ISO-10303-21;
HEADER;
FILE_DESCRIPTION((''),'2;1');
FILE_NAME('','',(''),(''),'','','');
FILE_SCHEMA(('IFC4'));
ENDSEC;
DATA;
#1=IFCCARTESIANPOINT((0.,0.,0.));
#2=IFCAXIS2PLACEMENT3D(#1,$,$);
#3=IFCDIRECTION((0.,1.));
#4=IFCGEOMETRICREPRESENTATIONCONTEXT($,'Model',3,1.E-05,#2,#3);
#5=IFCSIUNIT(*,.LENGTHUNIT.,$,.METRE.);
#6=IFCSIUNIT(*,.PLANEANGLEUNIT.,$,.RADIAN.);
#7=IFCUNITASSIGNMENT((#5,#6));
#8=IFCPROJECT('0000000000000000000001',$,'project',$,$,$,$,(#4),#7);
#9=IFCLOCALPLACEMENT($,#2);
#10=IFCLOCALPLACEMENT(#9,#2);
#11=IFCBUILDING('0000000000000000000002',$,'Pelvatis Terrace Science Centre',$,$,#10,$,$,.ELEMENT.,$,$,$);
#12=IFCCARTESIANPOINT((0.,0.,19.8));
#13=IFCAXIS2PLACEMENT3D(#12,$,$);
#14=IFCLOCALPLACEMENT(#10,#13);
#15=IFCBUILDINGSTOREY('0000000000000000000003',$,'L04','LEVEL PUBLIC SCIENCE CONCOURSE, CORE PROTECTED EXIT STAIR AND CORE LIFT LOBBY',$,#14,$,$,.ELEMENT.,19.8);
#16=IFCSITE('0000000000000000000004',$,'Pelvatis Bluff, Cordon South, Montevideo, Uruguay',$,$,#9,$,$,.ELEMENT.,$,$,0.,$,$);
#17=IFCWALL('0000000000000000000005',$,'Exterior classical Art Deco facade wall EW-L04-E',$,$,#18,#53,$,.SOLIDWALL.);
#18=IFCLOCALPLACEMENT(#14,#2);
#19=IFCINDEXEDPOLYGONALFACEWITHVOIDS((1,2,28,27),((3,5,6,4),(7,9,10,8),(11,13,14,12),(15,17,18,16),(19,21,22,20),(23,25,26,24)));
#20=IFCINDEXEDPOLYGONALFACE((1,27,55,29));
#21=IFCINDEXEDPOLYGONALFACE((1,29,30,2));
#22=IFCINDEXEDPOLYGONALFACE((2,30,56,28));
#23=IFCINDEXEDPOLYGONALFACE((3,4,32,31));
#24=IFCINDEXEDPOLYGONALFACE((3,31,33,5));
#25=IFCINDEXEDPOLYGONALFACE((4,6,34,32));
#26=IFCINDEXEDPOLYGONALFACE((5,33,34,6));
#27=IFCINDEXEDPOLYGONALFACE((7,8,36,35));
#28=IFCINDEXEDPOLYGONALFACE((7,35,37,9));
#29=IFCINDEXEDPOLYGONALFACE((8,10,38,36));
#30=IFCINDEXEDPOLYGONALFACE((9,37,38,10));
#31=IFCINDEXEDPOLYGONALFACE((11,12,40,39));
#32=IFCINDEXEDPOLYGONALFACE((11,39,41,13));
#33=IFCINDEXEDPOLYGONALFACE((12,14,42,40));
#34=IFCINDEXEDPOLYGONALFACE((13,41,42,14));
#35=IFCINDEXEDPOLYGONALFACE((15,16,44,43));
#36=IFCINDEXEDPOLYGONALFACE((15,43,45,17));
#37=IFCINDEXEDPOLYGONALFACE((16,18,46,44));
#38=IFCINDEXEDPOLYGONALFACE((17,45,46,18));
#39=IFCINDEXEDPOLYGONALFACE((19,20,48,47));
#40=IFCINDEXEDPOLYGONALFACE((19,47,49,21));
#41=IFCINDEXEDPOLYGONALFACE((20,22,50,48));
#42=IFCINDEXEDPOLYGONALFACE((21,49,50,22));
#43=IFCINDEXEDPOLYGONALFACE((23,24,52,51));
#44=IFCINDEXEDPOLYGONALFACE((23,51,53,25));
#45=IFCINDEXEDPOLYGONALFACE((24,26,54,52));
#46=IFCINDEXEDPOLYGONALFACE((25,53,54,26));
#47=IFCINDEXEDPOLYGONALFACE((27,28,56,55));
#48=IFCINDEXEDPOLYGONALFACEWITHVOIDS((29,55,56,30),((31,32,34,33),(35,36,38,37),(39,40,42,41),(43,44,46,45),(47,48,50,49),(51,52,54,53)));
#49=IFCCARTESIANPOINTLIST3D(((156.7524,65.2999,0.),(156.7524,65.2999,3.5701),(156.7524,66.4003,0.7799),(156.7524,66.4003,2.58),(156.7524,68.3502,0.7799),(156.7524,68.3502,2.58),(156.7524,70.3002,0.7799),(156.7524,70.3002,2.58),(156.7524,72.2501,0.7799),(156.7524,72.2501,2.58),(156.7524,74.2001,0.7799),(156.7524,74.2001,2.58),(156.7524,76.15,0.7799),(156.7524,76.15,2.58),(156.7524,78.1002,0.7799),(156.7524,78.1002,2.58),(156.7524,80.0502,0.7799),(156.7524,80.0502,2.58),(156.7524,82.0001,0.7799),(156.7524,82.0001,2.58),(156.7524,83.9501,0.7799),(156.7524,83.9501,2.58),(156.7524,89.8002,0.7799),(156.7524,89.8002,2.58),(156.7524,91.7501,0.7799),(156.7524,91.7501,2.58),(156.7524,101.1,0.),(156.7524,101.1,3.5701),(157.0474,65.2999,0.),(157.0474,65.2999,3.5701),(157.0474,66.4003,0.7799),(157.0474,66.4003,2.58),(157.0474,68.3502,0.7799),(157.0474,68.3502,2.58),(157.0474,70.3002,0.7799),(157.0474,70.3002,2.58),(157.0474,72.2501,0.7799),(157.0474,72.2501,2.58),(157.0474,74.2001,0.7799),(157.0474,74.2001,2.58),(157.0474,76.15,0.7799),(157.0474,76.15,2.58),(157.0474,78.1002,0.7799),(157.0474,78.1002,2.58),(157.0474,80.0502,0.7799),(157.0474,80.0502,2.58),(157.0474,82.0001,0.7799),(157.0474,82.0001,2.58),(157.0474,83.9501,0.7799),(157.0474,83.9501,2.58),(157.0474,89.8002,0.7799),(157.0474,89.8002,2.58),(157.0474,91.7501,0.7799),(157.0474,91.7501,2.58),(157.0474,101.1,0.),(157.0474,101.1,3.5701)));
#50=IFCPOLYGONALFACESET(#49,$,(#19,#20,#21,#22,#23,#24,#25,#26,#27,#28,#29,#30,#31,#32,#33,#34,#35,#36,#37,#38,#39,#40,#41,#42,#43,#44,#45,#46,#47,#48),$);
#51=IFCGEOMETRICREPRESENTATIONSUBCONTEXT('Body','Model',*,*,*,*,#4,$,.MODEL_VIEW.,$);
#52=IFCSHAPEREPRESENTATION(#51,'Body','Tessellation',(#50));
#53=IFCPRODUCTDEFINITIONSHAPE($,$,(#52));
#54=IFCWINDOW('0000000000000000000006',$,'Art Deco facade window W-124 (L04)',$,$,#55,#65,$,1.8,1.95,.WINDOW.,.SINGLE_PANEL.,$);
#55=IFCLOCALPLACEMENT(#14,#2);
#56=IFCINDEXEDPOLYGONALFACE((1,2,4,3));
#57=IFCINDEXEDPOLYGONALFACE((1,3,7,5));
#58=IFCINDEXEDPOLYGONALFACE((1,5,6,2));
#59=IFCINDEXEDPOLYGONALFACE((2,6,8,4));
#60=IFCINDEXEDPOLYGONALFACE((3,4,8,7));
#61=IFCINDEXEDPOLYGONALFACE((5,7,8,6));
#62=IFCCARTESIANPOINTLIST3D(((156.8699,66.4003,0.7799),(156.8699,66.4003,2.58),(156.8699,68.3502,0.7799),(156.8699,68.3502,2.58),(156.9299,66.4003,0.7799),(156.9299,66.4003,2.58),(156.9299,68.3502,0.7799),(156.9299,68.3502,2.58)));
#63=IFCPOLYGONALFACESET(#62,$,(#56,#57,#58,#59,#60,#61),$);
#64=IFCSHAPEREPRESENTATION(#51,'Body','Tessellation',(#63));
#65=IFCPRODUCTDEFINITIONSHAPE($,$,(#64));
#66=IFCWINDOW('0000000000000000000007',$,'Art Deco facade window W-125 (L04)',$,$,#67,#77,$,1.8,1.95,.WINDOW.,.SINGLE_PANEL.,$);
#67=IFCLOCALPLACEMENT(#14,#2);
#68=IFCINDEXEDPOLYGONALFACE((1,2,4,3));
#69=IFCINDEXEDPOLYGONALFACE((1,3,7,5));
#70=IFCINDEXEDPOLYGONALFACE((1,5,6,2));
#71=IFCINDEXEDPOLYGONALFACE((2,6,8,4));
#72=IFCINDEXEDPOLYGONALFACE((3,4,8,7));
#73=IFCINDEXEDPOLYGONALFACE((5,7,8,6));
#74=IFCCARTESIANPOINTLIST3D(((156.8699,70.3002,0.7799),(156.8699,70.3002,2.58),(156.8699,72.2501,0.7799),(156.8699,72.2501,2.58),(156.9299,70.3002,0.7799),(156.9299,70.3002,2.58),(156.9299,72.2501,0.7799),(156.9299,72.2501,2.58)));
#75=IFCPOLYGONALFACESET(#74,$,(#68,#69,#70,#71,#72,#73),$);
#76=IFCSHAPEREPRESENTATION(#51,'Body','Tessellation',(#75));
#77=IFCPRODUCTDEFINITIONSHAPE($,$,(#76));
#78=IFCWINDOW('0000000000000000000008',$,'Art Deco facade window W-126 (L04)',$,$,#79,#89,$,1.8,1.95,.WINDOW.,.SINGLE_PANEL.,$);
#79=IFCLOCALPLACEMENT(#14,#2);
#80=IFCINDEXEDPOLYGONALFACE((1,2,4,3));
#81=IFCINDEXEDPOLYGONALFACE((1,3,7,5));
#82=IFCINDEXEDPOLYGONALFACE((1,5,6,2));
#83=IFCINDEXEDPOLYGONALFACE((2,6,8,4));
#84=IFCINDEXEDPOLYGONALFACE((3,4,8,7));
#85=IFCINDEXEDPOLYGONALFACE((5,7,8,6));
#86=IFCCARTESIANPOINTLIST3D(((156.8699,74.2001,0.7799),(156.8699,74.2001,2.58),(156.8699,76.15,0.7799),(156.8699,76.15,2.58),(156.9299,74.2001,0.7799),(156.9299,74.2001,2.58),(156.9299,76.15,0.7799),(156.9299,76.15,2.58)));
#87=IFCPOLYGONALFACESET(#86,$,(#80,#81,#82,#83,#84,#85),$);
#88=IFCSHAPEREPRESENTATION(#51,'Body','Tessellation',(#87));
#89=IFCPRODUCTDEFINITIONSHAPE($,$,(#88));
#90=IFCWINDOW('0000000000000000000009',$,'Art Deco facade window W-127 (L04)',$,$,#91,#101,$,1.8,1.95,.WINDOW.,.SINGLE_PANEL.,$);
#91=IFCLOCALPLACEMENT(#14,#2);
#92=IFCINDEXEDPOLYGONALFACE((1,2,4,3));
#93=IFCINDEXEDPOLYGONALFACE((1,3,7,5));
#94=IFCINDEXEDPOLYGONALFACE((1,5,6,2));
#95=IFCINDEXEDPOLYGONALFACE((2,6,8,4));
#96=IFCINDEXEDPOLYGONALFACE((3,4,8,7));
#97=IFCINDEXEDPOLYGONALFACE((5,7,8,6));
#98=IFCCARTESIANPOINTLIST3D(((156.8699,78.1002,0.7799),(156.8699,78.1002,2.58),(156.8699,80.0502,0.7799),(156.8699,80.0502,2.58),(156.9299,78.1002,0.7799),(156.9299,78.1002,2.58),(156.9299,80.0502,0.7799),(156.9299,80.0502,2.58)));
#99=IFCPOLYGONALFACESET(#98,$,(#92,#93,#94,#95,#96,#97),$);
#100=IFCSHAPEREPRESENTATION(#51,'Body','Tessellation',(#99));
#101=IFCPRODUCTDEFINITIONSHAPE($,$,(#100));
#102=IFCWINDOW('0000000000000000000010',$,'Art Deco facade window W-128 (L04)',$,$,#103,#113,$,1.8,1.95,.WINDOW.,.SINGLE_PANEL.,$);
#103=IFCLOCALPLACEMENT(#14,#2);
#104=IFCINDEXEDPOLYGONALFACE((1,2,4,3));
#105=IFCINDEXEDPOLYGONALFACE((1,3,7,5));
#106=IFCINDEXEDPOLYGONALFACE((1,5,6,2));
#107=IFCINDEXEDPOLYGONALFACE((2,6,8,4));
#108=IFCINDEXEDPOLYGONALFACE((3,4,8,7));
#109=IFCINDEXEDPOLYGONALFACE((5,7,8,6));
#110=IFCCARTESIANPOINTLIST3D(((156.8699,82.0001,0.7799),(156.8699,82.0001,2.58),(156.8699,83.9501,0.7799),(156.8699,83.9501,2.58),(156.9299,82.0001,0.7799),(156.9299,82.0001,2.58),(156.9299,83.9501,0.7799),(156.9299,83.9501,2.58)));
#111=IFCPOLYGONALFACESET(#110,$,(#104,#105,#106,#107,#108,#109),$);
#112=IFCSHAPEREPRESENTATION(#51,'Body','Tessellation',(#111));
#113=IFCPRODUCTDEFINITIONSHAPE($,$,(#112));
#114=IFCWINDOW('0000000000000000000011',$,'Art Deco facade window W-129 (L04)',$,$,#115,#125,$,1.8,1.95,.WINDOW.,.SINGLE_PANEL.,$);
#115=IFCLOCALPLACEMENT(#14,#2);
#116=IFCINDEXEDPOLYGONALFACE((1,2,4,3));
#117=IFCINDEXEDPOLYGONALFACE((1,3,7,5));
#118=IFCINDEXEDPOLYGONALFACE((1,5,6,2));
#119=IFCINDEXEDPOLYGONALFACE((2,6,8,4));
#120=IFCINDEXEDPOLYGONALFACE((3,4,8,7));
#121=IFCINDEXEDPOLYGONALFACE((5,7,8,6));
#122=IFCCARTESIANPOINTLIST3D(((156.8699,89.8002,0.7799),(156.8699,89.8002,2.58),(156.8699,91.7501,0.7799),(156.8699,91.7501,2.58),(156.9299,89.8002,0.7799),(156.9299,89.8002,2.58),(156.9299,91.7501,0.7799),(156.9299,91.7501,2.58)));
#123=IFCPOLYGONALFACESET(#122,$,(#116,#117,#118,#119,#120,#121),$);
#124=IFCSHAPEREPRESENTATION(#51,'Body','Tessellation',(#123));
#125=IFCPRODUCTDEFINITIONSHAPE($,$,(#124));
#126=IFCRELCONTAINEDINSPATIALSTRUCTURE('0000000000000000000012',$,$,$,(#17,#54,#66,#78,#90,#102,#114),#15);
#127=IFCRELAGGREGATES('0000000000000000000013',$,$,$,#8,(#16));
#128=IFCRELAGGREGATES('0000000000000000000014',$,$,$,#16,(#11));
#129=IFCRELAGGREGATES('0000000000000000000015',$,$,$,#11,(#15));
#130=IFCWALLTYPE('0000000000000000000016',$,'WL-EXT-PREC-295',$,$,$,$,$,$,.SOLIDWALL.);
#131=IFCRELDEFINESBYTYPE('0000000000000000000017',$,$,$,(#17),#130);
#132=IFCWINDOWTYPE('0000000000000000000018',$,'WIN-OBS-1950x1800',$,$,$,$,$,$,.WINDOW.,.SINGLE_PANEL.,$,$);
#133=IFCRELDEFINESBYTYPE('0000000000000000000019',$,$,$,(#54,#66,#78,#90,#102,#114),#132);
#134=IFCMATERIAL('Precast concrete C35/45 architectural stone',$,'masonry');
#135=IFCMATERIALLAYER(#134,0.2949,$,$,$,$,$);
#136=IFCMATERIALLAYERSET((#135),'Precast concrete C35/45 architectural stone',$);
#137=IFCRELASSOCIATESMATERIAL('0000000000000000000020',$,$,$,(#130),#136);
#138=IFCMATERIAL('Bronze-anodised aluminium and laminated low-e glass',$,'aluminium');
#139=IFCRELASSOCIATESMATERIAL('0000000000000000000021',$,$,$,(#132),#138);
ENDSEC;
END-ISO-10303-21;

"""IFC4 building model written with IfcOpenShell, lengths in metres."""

from ifc_helpers import new_model, si_unit, direction, frame, frame_2d, origin, place, context, subcontext, project, spatial, rectangle, extrude, material, layer, layer_set, type_object, element, fill, save


model = new_model("IFC4")

# Units and contexts
model_context = context("Model", 3, precision=1e-05, world=origin(), true_north=direction((0.0, 1.0)))
body_context = subcontext(model_context, "Body", "Model", "MODEL_VIEW")
ifc_project = project(units=[si_unit("LENGTHUNIT", "METRE"), si_unit("PLANEANGLEUNIT", "RADIAN")], contexts=[model_context])

# Site, building, storey
site_placement = place(None, origin())
site = spatial("IfcSite", under=ifc_project, at=site_placement, Name="Pelvatis Bluff, Cordon South, Montevideo, Uruguay", CompositionType="ELEMENT", RefElevation=0.0)
building_placement = place(site_placement, origin())
building = spatial("IfcBuilding", under=site, at=building_placement, Name="Pelvatis Terrace Science Centre", CompositionType="ELEMENT")
storey_placement = place(building_placement, frame((0.0, 0.0, 19.8)))
storey = spatial("IfcBuildingStorey", under=building, at=storey_placement, Name="L04", Description="LEVEL PUBLIC SCIENCE CONCOURSE, CORE PROTECTED EXIT STAIR AND CORE LIFT LOBBY", CompositionType="ELEMENT", Elevation=19.8)

# Wall, openings, windows
ifc_material_1 = material(Name="Precast concrete C35/45 architectural stone", Category="masonry")
ifc_layer_1 = layer(ifc_material_1, 0.2949)
ifc_layer_set_1 = layer_set([ifc_layer_1], Name="Precast concrete C35/45 architectural stone")
wall_type_1 = type_object("IfcWallType", Name="WL-EXT-PREC-295", PredefinedType="SOLIDWALL", material=ifc_layer_set_1)
wall_1_placement = place(storey_placement, frame((156.8999, 65.3, 0.0), z_axis=(0.0, 0.0, 1.0), x_axis=(0.0, 1.0, 0.0)))
wall_1 = element("IfcWall", 1, at=wall_1_placement, inside=storey, type_object=wall_type_1, Name="Exterior classical Art Deco facade wall EW-L04-E", PredefinedType="SOLIDWALL", context=body_context, shape_type="SweptSolid", body=[
    extrude(rectangle(XDim=35.8, YDim=0.2949, at=frame_2d((17.8999, 0.0))), origin(), (0.0, 0.0, 1.0), 3.5701),
])
opening_1_placement = place(wall_1_placement, frame((1.1001, 0.0, 0.78)))
opening_1 = element("IfcOpeningElement", 2, at=opening_1_placement, cuts=wall_1, PredefinedType="OPENING", context=body_context, shape_type="SweptSolid", body=[
    extrude(rectangle(XDim=1.95, YDim=1.8, at=frame_2d((0.9751, 0.8999))), frame((0.0, 0.1575, 0.0), z_axis=(0.0, -1.0, 0.0), x_axis=(1.0, 0.0, 0.0)), (0.0, 0.0, 1.0), 0.3149),
])
opening_2_placement = place(wall_1_placement, frame((5.0, 0.0, 0.78)))
opening_2 = element("IfcOpeningElement", 3, at=opening_2_placement, cuts=wall_1, PredefinedType="OPENING", context=body_context, shape_type="SweptSolid", body=[
    extrude(rectangle(XDim=1.95, YDim=1.8, at=frame_2d((0.9751, 0.8999))), frame((0.0, 0.1575, 0.0), z_axis=(0.0, -1.0, 0.0), x_axis=(1.0, 0.0, 0.0)), (0.0, 0.0, 1.0), 0.3149),
])
opening_3_placement = place(wall_1_placement, frame((8.8999, 0.0, 0.78)))
opening_3 = element("IfcOpeningElement", 4, at=opening_3_placement, cuts=wall_1, PredefinedType="OPENING", context=body_context, shape_type="SweptSolid", body=[
    extrude(rectangle(XDim=1.95, YDim=1.8, at=frame_2d((0.9751, 0.8999))), frame((0.0, 0.1575, 0.0), z_axis=(0.0, -1.0, 0.0), x_axis=(1.0, 0.0, 0.0)), (0.0, 0.0, 1.0), 0.3149),
])
opening_4_placement = place(wall_1_placement, frame((12.8, 0.0, 0.78)))
opening_4 = element("IfcOpeningElement", 5, at=opening_4_placement, cuts=wall_1, PredefinedType="OPENING", context=body_context, shape_type="SweptSolid", body=[
    extrude(rectangle(XDim=1.95, YDim=1.8, at=frame_2d((0.9751, 0.8999))), frame((0.0, 0.1575, 0.0), z_axis=(0.0, -1.0, 0.0), x_axis=(1.0, 0.0, 0.0)), (0.0, 0.0, 1.0), 0.3149),
])
opening_5_placement = place(wall_1_placement, frame((16.7, 0.0, 0.78)))
opening_5 = element("IfcOpeningElement", 6, at=opening_5_placement, cuts=wall_1, PredefinedType="OPENING", context=body_context, shape_type="SweptSolid", body=[
    extrude(rectangle(XDim=1.95, YDim=1.8, at=frame_2d((0.9751, 0.8999))), frame((0.0, 0.1575, 0.0), z_axis=(0.0, -1.0, 0.0), x_axis=(1.0, 0.0, 0.0)), (0.0, 0.0, 1.0), 0.3149),
])
opening_6_placement = place(wall_1_placement, frame((24.5, 0.0, 0.78)))
opening_6 = element("IfcOpeningElement", 7, at=opening_6_placement, cuts=wall_1, PredefinedType="OPENING", context=body_context, shape_type="SweptSolid", body=[
    extrude(rectangle(XDim=1.95, YDim=1.8, at=frame_2d((0.9751, 0.8999))), frame((0.0, 0.1575, 0.0), z_axis=(0.0, -1.0, 0.0), x_axis=(1.0, 0.0, 0.0)), (0.0, 0.0, 1.0), 0.3149),
])
ifc_material_2 = material(Name="Bronze-anodised aluminium and laminated low-e glass", Category="aluminium")
window_type_1 = type_object("IfcWindowType", Name="WIN-OBS-1950x1800", PartitioningType="SINGLE_PANEL", PredefinedType="WINDOW", material=ifc_material_2)
window_1_placement = place(opening_1_placement, origin())
window_1 = element("IfcWindow", 8, at=window_1_placement, inside=storey, type_object=window_type_1, Name="Art Deco facade window W-124 (L04)", OverallHeight=1.8, OverallWidth=1.95, PartitioningType="SINGLE_PANEL", PredefinedType="WINDOW", context=body_context, shape_type="SweptSolid", body=[
    extrude(rectangle(XDim=1.95, YDim=1.8, at=frame_2d((0.9751, 0.8999))), frame((0.0, 0.03, 0.0), z_axis=(0.0, -1.0, 0.0), x_axis=(1.0, 0.0, 0.0)), (0.0, 0.0, 1.0), 0.0601),
])
fill(opening_1, window_1)
window_2_placement = place(opening_2_placement, origin())
window_2 = element("IfcWindow", 9, at=window_2_placement, inside=storey, type_object=window_type_1, Name="Art Deco facade window W-125 (L04)", OverallHeight=1.8, OverallWidth=1.95, PartitioningType="SINGLE_PANEL", PredefinedType="WINDOW", context=body_context, shape_type="SweptSolid", body=[
    extrude(rectangle(XDim=1.95, YDim=1.8, at=frame_2d((0.9751, 0.8999))), frame((0.0, 0.03, 0.0), z_axis=(0.0, -1.0, 0.0), x_axis=(1.0, 0.0, 0.0)), (0.0, 0.0, 1.0), 0.0601),
])
fill(opening_2, window_2)
window_3_placement = place(opening_3_placement, origin())
window_3 = element("IfcWindow", 10, at=window_3_placement, inside=storey, type_object=window_type_1, Name="Art Deco facade window W-126 (L04)", OverallHeight=1.8, OverallWidth=1.95, PartitioningType="SINGLE_PANEL", PredefinedType="WINDOW", context=body_context, shape_type="SweptSolid", body=[
    extrude(rectangle(XDim=1.95, YDim=1.8, at=frame_2d((0.9751, 0.8999))), frame((0.0, 0.03, 0.0), z_axis=(0.0, -1.0, 0.0), x_axis=(1.0, 0.0, 0.0)), (0.0, 0.0, 1.0), 0.0601),
])
fill(opening_3, window_3)
window_4_placement = place(opening_4_placement, origin())
window_4 = element("IfcWindow", 11, at=window_4_placement, inside=storey, type_object=window_type_1, Name="Art Deco facade window W-127 (L04)", OverallHeight=1.8, OverallWidth=1.95, PartitioningType="SINGLE_PANEL", PredefinedType="WINDOW", context=body_context, shape_type="SweptSolid", body=[
    extrude(rectangle(XDim=1.95, YDim=1.8, at=frame_2d((0.9751, 0.8999))), frame((0.0, 0.03, 0.0), z_axis=(0.0, -1.0, 0.0), x_axis=(1.0, 0.0, 0.0)), (0.0, 0.0, 1.0), 0.0601),
])
fill(opening_4, window_4)
window_5_placement = place(opening_5_placement, origin())
window_5 = element("IfcWindow", 12, at=window_5_placement, inside=storey, type_object=window_type_1, Name="Art Deco facade window W-128 (L04)", OverallHeight=1.8, OverallWidth=1.95, PartitioningType="SINGLE_PANEL", PredefinedType="WINDOW", context=body_context, shape_type="SweptSolid", body=[
    extrude(rectangle(XDim=1.95, YDim=1.8, at=frame_2d((0.9751, 0.8999))), frame((0.0, 0.03, 0.0), z_axis=(0.0, -1.0, 0.0), x_axis=(1.0, 0.0, 0.0)), (0.0, 0.0, 1.0), 0.0601),
])
fill(opening_5, window_5)
window_6_placement = place(opening_6_placement, origin())
window_6 = element("IfcWindow", 13, at=window_6_placement, inside=storey, type_object=window_type_1, Name="Art Deco facade window W-129 (L04)", OverallHeight=1.8, OverallWidth=1.95, PartitioningType="SINGLE_PANEL", PredefinedType="WINDOW", context=body_context, shape_type="SweptSolid", body=[
    extrude(rectangle(XDim=1.95, YDim=1.8, at=frame_2d((0.9751, 0.8999))), frame((0.0, 0.03, 0.0), z_axis=(0.0, -1.0, 0.0), x_axis=(1.0, 0.0, 0.0)), (0.0, 0.0, 1.0), 0.0601),
])
fill(opening_6, window_6)

save(model, "model.ifc")
